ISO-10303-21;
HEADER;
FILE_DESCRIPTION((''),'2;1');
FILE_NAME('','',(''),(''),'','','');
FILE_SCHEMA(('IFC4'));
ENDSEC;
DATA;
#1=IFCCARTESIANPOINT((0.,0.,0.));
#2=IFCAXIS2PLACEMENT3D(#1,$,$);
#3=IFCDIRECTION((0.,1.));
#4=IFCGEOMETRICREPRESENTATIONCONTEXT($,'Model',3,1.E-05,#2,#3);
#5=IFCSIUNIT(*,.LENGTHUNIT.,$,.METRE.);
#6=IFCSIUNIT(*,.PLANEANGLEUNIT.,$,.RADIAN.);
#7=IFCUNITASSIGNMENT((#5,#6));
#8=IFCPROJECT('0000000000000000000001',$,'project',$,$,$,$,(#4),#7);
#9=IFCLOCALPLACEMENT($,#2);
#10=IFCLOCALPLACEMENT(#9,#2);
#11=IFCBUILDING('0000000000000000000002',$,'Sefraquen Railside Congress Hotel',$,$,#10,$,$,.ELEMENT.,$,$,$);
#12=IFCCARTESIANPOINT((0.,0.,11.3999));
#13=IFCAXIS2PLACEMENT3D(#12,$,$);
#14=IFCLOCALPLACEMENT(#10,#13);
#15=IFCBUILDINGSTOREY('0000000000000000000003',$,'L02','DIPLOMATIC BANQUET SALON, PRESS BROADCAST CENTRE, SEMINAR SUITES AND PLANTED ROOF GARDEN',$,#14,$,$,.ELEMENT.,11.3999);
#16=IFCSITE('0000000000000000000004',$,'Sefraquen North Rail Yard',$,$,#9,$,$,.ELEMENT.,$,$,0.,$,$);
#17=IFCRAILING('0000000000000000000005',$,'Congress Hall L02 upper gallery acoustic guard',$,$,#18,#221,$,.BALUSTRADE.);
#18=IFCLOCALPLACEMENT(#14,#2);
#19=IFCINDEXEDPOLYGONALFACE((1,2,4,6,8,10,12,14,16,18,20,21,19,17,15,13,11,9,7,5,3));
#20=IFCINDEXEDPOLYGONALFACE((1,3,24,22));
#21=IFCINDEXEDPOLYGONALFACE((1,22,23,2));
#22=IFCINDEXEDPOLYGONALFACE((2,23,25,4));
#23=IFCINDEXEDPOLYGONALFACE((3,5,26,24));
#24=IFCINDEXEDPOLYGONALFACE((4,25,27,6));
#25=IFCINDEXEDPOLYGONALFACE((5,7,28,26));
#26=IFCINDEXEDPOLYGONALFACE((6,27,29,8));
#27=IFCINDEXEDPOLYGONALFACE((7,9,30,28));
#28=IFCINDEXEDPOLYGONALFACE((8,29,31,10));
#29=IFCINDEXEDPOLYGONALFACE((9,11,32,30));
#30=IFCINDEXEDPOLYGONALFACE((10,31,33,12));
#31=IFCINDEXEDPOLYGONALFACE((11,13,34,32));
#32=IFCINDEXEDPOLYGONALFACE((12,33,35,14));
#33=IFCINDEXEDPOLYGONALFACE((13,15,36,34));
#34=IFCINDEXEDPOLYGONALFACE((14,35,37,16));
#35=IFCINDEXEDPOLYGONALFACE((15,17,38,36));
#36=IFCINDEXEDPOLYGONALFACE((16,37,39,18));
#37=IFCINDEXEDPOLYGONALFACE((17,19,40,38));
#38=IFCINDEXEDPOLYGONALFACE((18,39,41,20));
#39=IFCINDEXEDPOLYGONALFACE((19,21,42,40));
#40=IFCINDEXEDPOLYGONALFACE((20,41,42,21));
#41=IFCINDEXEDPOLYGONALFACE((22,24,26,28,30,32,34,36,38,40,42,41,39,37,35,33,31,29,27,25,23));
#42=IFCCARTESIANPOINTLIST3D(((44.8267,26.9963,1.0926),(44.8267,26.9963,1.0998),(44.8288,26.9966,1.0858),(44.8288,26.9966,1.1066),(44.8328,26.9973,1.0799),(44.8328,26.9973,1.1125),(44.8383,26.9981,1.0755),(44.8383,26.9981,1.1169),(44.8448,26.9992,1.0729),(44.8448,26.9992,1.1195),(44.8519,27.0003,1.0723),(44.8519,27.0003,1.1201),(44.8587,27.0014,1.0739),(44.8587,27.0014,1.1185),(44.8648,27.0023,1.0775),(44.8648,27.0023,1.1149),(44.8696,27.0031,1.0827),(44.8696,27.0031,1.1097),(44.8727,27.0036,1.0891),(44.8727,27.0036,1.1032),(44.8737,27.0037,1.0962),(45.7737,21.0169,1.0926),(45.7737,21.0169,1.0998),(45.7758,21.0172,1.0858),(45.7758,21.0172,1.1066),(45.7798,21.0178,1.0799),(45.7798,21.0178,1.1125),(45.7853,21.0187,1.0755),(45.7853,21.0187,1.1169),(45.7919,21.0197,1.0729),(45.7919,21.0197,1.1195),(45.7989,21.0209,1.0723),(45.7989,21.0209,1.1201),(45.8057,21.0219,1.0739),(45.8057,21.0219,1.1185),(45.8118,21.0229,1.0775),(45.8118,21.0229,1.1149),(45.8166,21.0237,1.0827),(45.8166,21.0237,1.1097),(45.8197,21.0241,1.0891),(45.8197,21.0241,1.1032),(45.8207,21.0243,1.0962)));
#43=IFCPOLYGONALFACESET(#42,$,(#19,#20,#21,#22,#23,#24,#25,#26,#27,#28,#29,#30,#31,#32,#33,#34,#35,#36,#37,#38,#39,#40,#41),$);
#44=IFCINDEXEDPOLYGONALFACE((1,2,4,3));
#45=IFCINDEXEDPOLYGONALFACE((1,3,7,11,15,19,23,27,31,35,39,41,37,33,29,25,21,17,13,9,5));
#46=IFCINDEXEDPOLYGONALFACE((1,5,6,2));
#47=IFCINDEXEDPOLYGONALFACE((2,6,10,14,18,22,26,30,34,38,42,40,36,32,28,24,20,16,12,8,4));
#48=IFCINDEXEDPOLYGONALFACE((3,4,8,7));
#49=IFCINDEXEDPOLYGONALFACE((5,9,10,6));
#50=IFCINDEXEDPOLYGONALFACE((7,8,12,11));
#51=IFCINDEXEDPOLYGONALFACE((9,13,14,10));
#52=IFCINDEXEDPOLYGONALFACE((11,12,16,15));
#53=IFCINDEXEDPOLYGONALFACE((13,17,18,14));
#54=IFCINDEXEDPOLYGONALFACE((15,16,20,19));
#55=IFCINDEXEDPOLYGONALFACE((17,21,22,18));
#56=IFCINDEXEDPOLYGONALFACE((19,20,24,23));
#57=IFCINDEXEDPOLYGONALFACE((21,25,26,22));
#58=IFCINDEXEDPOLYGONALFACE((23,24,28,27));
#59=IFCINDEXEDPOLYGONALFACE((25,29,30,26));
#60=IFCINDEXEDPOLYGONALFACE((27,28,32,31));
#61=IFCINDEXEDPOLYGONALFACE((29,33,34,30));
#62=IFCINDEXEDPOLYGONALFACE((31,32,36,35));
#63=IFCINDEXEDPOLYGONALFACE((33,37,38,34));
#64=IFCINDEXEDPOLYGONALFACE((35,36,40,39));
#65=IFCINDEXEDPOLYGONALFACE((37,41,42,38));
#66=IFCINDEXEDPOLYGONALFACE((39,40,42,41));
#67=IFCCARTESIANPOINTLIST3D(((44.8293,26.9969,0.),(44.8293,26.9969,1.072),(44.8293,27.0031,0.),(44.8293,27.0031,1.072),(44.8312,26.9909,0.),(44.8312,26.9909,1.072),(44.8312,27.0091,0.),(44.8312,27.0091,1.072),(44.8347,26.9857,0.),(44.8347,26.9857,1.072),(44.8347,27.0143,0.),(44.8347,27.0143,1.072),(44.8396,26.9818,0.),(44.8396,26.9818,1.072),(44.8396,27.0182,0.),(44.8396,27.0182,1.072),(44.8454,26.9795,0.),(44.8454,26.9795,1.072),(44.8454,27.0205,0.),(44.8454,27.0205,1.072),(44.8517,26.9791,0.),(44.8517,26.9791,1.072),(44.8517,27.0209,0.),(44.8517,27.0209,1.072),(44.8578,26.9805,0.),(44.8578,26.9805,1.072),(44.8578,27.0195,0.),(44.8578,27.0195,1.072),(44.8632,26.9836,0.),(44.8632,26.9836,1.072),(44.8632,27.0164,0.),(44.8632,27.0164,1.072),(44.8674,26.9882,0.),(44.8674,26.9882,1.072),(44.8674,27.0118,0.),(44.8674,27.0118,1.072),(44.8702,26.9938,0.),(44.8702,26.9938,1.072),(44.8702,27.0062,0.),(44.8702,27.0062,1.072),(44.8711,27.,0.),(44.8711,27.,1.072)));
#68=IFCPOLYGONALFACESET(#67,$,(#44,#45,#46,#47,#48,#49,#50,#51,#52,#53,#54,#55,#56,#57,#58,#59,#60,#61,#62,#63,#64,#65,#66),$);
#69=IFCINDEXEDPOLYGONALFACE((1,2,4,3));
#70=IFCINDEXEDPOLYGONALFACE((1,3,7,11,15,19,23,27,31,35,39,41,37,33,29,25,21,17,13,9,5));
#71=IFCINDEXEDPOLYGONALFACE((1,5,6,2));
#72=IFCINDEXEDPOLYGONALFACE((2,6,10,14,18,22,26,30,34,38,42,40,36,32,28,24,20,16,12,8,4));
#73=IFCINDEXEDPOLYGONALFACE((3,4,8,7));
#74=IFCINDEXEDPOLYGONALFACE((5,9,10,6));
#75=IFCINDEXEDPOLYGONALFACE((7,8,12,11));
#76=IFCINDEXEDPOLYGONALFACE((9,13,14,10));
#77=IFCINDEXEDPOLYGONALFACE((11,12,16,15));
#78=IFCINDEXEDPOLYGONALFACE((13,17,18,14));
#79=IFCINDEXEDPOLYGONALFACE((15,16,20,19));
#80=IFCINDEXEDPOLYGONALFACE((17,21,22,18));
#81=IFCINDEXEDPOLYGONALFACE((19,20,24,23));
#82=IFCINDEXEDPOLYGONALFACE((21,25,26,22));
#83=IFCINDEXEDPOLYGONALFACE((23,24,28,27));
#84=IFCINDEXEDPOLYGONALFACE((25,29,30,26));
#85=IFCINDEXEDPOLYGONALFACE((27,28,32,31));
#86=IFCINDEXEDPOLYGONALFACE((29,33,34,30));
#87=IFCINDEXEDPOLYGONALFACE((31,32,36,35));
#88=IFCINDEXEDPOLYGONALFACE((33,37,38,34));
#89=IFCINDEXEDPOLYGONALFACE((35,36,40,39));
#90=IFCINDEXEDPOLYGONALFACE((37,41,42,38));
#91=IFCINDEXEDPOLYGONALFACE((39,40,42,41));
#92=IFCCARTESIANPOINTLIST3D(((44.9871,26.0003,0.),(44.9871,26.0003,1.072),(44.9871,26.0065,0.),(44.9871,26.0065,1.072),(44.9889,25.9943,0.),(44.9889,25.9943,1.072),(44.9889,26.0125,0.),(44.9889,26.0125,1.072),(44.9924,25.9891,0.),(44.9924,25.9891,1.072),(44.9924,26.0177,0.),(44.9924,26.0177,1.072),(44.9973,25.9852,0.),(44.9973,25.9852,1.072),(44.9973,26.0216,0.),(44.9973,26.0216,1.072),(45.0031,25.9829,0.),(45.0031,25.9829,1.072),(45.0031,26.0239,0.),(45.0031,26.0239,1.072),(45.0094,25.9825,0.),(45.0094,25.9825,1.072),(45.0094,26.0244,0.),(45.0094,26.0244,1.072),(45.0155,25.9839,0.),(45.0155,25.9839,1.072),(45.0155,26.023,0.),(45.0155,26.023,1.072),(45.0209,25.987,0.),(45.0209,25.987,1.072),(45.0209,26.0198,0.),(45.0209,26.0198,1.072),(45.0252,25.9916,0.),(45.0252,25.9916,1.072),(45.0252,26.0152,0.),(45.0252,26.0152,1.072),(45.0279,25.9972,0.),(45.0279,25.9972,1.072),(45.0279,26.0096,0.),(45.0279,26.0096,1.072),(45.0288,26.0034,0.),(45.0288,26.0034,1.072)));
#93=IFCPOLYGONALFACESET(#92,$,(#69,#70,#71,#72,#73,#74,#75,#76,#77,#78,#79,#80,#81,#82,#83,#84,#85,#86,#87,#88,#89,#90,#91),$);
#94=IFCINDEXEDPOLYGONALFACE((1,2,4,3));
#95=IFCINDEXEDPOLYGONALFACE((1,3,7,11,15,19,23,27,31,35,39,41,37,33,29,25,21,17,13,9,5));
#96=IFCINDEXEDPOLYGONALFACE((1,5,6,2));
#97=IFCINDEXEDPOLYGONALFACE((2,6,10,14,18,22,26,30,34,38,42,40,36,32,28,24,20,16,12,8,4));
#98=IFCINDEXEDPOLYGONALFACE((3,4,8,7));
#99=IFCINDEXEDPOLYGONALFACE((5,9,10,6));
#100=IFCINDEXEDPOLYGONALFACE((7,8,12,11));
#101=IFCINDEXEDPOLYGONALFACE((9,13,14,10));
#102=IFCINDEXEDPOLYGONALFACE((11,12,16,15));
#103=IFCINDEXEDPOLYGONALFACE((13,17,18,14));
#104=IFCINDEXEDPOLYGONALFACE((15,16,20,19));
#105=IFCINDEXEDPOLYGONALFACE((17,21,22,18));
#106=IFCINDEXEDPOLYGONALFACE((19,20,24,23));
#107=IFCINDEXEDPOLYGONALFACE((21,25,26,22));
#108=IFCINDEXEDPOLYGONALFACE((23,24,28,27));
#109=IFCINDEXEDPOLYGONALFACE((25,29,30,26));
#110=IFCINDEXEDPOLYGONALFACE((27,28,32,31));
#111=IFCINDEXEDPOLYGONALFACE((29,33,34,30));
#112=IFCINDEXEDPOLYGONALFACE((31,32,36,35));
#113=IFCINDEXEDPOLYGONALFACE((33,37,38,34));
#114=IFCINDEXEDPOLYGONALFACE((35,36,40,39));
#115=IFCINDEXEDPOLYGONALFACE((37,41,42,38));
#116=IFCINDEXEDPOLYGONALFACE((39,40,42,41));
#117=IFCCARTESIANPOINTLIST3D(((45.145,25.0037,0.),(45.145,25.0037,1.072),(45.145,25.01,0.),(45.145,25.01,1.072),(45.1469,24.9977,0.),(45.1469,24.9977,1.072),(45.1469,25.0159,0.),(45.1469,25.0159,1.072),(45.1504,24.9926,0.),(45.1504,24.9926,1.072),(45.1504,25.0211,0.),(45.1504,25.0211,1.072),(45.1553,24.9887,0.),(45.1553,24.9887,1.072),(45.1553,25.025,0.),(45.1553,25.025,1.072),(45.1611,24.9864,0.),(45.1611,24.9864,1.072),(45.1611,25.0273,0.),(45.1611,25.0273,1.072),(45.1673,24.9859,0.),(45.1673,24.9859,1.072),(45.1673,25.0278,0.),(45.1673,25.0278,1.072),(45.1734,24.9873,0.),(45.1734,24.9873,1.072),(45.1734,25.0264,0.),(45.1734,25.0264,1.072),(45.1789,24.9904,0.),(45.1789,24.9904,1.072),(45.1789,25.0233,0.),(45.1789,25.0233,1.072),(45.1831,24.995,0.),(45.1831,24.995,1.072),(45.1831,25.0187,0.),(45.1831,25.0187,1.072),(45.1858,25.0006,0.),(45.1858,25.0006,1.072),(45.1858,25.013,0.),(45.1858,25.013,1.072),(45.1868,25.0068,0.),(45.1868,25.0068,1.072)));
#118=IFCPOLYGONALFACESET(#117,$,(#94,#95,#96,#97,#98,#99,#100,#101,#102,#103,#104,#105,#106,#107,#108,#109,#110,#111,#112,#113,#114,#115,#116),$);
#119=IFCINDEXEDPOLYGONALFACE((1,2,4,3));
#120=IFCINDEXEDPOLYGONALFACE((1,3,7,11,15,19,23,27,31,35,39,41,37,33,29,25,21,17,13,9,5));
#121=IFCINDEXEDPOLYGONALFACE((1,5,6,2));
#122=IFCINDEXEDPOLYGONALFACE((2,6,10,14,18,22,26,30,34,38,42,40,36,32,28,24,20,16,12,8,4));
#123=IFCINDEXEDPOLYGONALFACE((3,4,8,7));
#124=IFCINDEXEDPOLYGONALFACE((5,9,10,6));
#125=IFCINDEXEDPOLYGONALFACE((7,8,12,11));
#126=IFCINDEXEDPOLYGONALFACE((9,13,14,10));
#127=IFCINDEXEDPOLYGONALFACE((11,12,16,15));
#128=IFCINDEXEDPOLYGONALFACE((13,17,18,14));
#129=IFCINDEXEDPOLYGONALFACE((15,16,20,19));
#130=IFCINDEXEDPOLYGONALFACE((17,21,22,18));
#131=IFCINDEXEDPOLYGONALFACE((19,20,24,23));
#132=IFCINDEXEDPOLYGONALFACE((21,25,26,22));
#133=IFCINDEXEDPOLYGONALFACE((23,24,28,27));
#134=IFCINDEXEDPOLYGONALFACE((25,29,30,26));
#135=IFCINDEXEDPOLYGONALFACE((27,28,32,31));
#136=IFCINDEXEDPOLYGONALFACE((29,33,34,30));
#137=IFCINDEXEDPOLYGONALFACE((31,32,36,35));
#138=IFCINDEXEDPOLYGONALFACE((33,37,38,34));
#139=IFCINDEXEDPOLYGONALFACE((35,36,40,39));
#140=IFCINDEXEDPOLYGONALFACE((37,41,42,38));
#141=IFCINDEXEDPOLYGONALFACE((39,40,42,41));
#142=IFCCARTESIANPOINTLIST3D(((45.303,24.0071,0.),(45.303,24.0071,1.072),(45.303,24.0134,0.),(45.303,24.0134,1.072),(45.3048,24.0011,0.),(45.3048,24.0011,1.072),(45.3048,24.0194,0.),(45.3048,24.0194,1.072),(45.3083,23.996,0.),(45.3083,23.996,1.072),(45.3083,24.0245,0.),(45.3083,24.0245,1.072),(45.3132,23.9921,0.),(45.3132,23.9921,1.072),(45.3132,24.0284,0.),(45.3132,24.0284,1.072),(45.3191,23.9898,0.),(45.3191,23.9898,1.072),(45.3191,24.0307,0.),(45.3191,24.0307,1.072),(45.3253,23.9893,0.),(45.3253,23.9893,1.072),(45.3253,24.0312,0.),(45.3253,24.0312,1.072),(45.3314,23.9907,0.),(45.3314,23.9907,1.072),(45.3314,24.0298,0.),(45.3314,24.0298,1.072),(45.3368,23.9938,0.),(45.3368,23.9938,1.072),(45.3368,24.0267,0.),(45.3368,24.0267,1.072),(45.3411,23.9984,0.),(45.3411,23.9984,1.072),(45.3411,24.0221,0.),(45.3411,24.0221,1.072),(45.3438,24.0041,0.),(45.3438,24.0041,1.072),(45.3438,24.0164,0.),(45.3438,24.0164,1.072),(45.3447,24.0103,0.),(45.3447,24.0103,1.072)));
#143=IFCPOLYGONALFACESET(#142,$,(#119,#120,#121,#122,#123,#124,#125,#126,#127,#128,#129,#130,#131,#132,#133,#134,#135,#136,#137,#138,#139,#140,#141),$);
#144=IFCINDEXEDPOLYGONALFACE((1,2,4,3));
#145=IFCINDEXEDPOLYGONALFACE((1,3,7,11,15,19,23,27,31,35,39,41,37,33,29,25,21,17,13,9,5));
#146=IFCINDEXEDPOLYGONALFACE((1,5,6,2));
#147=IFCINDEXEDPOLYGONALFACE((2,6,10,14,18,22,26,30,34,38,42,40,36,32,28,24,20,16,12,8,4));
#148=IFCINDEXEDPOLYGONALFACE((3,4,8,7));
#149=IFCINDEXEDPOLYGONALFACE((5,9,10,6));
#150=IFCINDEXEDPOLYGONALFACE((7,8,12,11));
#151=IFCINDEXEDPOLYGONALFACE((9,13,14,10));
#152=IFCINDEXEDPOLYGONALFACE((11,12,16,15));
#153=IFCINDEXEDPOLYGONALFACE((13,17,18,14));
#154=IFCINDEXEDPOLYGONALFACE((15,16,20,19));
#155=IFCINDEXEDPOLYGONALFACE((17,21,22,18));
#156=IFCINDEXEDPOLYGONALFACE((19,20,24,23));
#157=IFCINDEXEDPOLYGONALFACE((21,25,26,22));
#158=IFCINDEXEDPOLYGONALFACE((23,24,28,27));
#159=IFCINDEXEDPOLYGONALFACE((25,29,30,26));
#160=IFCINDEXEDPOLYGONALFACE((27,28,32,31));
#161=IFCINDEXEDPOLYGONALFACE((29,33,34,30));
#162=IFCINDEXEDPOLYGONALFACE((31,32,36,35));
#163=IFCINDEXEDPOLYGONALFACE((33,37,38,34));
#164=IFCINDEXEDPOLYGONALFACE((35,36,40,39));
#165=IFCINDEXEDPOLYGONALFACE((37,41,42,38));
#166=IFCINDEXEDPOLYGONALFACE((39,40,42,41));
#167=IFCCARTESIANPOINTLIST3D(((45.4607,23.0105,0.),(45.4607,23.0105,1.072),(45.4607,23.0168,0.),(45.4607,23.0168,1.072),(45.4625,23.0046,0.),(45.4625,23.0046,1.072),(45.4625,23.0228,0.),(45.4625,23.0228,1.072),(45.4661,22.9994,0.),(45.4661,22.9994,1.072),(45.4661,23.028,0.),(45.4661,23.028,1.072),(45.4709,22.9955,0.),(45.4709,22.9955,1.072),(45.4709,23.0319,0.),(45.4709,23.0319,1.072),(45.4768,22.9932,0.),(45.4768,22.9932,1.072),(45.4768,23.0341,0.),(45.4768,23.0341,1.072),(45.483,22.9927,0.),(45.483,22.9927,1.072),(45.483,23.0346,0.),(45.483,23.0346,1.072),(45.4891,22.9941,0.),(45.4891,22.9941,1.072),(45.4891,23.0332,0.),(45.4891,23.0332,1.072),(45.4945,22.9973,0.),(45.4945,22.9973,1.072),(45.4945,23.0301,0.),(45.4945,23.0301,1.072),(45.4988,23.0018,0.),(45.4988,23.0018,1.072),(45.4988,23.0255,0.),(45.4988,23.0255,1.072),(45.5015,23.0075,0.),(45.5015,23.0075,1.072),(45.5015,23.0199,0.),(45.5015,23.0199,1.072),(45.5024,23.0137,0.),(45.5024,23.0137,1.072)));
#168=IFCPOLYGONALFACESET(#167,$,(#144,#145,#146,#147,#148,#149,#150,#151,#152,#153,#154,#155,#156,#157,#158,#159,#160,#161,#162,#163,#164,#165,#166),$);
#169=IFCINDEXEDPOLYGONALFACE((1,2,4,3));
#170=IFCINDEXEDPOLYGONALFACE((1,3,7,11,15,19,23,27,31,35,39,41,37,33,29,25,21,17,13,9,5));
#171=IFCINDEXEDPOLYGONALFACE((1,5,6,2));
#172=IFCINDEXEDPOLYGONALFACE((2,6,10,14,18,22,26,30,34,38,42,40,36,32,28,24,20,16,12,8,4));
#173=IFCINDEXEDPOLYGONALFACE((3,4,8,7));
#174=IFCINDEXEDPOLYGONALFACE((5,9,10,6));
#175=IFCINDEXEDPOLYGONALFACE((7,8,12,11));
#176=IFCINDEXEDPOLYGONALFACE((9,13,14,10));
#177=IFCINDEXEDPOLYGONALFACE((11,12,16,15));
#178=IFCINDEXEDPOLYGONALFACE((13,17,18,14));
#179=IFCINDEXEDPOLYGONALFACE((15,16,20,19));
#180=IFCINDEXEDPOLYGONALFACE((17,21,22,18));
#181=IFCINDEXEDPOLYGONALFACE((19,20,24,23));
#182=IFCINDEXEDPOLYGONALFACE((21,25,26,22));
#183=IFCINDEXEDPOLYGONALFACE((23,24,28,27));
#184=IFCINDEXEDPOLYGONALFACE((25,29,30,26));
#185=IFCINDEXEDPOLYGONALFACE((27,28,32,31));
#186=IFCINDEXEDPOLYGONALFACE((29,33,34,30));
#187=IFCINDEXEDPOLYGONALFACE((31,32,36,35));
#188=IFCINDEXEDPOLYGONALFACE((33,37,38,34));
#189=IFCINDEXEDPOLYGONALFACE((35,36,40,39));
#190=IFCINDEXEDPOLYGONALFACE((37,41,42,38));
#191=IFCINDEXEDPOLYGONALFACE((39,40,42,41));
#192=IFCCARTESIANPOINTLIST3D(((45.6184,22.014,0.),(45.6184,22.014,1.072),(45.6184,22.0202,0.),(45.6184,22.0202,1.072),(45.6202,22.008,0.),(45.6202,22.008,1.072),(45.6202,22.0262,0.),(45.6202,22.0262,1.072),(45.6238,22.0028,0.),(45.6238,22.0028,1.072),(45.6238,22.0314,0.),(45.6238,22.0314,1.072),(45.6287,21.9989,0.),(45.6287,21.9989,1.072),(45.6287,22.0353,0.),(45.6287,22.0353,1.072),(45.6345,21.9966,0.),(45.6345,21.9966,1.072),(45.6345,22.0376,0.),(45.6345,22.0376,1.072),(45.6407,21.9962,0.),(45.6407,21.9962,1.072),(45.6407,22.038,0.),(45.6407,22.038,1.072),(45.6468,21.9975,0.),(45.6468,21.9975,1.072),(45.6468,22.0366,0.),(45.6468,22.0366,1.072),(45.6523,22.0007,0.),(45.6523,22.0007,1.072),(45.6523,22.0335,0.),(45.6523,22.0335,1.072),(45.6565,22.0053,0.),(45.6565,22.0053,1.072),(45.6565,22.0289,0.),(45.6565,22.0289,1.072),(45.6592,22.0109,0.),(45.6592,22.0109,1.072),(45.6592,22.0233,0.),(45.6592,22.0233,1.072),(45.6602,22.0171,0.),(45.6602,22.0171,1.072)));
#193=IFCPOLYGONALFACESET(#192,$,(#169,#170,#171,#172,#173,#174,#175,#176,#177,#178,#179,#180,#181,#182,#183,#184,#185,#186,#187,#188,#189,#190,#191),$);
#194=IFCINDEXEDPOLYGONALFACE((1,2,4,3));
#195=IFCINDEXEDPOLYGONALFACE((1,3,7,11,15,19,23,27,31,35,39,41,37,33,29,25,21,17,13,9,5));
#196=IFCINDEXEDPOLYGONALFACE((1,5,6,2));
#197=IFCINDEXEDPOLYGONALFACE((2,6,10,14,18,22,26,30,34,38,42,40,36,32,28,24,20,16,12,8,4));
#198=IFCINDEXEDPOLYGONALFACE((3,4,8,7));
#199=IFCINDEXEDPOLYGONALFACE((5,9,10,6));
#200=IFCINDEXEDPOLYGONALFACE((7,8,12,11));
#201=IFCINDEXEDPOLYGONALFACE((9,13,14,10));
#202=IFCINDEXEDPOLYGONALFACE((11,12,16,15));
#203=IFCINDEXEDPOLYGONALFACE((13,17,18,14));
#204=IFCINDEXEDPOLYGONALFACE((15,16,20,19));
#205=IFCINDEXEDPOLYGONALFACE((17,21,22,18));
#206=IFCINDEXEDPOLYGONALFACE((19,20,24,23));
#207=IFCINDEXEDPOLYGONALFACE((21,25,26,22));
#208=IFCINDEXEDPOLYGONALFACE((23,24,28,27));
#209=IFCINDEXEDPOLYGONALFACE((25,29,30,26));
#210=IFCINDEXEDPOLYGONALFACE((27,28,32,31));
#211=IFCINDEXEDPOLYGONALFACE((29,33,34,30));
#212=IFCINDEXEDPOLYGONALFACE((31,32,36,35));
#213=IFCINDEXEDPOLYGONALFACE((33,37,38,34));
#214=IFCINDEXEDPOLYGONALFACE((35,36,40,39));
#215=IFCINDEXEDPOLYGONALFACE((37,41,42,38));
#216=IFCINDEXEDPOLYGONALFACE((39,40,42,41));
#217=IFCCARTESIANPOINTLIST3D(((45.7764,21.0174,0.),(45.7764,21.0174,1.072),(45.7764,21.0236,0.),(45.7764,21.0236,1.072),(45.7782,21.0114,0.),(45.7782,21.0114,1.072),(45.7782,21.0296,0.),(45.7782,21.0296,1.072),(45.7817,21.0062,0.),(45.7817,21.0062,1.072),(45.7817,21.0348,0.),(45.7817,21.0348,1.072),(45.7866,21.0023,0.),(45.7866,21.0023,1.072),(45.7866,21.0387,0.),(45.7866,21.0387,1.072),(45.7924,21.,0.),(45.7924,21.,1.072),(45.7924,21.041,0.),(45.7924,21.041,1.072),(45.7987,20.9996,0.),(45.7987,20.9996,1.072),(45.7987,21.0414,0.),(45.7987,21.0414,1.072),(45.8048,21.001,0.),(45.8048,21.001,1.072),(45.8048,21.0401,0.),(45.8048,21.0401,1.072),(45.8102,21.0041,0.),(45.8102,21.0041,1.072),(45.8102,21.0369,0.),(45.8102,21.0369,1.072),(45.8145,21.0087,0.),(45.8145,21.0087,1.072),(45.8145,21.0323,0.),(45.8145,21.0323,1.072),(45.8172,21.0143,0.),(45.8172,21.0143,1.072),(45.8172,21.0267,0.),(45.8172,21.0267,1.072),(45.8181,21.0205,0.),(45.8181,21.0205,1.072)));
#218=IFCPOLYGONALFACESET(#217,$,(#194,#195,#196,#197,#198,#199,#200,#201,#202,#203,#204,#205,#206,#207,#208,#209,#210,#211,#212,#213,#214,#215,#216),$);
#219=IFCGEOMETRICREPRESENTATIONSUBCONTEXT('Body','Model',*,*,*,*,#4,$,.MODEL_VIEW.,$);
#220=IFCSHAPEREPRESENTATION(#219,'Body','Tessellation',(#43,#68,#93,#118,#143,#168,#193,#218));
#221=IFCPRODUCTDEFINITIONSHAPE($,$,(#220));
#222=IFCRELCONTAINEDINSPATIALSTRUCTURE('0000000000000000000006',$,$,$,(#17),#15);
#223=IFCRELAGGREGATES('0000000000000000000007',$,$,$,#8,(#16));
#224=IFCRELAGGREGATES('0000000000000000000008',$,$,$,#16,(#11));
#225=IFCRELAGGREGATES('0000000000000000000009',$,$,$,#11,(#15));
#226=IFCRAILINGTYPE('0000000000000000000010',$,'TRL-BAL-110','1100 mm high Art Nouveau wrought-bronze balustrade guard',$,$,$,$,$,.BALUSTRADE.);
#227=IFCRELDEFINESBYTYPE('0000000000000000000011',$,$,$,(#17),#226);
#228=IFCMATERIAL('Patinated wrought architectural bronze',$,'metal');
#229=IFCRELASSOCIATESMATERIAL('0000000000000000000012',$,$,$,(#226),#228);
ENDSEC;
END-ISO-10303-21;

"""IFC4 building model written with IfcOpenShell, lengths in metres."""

from ifc_helpers import new_model, si_unit, direction, frame, origin, origin_2d, place, context, subcontext, project, spatial, circle, extrude, material, type_object, element, save


model = new_model("IFC4")

# Units and contexts
model_context = context("Model", 3, precision=1e-05, world=origin(), true_north=direction((0.0, 1.0)))
body_context = subcontext(model_context, "Body", "Model", "MODEL_VIEW")
ifc_project = project(units=[si_unit("LENGTHUNIT", "METRE"), si_unit("PLANEANGLEUNIT", "RADIAN")], contexts=[model_context])

# Site, building, storey
site_placement = place(None, origin())
site = spatial("IfcSite", under=ifc_project, at=site_placement, Name="Sefraquen North Rail Yard", CompositionType="ELEMENT", RefElevation=0.0)
building_placement = place(site_placement, origin())
building = spatial("IfcBuilding", under=site, at=building_placement, Name="Sefraquen Railside Congress Hotel", CompositionType="ELEMENT")
storey_placement = place(building_placement, frame((0.0, 0.0, 11.3999)))
storey = spatial("IfcBuildingStorey", under=building, at=storey_placement, Name="L02", Description="DIPLOMATIC BANQUET SALON, PRESS BROADCAST CENTRE, SEMINAR SUITES AND PLANTED ROOF GARDEN", CompositionType="ELEMENT", Elevation=11.3999)

# Railing
ifc_material_1 = material(Name="Patinated wrought architectural bronze", Category="metal")
railing_type = type_object("IfcRailingType", Name="TRL-BAL-110", Description="1100 mm high Art Nouveau wrought-bronze balustrade guard", PredefinedType="BALUSTRADE", material=ifc_material_1)
railing_1_placement = place(storey_placement, frame((44.8501, 27.0, 0.0)))
element("IfcRailing", 1, at=railing_1_placement, inside=storey, type_object=railing_type, Name="Congress Hall L02 upper gallery acoustic guard", PredefinedType="BALUSTRADE", context=body_context, shape_type="SweptSolid", body=[
    extrude(circle(Radius=0.0239, at=origin_2d()), frame((0.0, 0.0, 1.0962), z_axis=(0.156428, -0.987689, 0.0), x_axis=(0.987689, 0.156428, 0.0)), (0.0, 0.0, 1.0), 6.054),
    extrude(circle(Radius=0.021, at=origin_2d()), origin(), (0.0, 0.0, 1.0), 1.072),
    extrude(circle(Radius=0.021, at=origin_2d()), frame((0.1577, -0.9966, 0.0)), (0.0, 0.0, 1.0), 1.072),
    extrude(circle(Radius=0.021, at=origin_2d()), frame((0.3157, -1.9932, 0.0)), (0.0, 0.0, 1.0), 1.072),
    extrude(circle(Radius=0.021, at=origin_2d()), frame((0.4736, -2.9897, 0.0)), (0.0, 0.0, 1.0), 1.072),
    extrude(circle(Radius=0.021, at=origin_2d()), frame((0.6313, -3.9863, 0.0)), (0.0, 0.0, 1.0), 1.072),
    extrude(circle(Radius=0.021, at=origin_2d()), frame((0.7891, -4.9829, 0.0)), (0.0, 0.0, 1.0), 1.072),
    extrude(circle(Radius=0.021, at=origin_2d()), frame((0.947, -5.9795, 0.0)), (0.0, 0.0, 1.0), 1.072),
])

save(model, "model.ifc")
